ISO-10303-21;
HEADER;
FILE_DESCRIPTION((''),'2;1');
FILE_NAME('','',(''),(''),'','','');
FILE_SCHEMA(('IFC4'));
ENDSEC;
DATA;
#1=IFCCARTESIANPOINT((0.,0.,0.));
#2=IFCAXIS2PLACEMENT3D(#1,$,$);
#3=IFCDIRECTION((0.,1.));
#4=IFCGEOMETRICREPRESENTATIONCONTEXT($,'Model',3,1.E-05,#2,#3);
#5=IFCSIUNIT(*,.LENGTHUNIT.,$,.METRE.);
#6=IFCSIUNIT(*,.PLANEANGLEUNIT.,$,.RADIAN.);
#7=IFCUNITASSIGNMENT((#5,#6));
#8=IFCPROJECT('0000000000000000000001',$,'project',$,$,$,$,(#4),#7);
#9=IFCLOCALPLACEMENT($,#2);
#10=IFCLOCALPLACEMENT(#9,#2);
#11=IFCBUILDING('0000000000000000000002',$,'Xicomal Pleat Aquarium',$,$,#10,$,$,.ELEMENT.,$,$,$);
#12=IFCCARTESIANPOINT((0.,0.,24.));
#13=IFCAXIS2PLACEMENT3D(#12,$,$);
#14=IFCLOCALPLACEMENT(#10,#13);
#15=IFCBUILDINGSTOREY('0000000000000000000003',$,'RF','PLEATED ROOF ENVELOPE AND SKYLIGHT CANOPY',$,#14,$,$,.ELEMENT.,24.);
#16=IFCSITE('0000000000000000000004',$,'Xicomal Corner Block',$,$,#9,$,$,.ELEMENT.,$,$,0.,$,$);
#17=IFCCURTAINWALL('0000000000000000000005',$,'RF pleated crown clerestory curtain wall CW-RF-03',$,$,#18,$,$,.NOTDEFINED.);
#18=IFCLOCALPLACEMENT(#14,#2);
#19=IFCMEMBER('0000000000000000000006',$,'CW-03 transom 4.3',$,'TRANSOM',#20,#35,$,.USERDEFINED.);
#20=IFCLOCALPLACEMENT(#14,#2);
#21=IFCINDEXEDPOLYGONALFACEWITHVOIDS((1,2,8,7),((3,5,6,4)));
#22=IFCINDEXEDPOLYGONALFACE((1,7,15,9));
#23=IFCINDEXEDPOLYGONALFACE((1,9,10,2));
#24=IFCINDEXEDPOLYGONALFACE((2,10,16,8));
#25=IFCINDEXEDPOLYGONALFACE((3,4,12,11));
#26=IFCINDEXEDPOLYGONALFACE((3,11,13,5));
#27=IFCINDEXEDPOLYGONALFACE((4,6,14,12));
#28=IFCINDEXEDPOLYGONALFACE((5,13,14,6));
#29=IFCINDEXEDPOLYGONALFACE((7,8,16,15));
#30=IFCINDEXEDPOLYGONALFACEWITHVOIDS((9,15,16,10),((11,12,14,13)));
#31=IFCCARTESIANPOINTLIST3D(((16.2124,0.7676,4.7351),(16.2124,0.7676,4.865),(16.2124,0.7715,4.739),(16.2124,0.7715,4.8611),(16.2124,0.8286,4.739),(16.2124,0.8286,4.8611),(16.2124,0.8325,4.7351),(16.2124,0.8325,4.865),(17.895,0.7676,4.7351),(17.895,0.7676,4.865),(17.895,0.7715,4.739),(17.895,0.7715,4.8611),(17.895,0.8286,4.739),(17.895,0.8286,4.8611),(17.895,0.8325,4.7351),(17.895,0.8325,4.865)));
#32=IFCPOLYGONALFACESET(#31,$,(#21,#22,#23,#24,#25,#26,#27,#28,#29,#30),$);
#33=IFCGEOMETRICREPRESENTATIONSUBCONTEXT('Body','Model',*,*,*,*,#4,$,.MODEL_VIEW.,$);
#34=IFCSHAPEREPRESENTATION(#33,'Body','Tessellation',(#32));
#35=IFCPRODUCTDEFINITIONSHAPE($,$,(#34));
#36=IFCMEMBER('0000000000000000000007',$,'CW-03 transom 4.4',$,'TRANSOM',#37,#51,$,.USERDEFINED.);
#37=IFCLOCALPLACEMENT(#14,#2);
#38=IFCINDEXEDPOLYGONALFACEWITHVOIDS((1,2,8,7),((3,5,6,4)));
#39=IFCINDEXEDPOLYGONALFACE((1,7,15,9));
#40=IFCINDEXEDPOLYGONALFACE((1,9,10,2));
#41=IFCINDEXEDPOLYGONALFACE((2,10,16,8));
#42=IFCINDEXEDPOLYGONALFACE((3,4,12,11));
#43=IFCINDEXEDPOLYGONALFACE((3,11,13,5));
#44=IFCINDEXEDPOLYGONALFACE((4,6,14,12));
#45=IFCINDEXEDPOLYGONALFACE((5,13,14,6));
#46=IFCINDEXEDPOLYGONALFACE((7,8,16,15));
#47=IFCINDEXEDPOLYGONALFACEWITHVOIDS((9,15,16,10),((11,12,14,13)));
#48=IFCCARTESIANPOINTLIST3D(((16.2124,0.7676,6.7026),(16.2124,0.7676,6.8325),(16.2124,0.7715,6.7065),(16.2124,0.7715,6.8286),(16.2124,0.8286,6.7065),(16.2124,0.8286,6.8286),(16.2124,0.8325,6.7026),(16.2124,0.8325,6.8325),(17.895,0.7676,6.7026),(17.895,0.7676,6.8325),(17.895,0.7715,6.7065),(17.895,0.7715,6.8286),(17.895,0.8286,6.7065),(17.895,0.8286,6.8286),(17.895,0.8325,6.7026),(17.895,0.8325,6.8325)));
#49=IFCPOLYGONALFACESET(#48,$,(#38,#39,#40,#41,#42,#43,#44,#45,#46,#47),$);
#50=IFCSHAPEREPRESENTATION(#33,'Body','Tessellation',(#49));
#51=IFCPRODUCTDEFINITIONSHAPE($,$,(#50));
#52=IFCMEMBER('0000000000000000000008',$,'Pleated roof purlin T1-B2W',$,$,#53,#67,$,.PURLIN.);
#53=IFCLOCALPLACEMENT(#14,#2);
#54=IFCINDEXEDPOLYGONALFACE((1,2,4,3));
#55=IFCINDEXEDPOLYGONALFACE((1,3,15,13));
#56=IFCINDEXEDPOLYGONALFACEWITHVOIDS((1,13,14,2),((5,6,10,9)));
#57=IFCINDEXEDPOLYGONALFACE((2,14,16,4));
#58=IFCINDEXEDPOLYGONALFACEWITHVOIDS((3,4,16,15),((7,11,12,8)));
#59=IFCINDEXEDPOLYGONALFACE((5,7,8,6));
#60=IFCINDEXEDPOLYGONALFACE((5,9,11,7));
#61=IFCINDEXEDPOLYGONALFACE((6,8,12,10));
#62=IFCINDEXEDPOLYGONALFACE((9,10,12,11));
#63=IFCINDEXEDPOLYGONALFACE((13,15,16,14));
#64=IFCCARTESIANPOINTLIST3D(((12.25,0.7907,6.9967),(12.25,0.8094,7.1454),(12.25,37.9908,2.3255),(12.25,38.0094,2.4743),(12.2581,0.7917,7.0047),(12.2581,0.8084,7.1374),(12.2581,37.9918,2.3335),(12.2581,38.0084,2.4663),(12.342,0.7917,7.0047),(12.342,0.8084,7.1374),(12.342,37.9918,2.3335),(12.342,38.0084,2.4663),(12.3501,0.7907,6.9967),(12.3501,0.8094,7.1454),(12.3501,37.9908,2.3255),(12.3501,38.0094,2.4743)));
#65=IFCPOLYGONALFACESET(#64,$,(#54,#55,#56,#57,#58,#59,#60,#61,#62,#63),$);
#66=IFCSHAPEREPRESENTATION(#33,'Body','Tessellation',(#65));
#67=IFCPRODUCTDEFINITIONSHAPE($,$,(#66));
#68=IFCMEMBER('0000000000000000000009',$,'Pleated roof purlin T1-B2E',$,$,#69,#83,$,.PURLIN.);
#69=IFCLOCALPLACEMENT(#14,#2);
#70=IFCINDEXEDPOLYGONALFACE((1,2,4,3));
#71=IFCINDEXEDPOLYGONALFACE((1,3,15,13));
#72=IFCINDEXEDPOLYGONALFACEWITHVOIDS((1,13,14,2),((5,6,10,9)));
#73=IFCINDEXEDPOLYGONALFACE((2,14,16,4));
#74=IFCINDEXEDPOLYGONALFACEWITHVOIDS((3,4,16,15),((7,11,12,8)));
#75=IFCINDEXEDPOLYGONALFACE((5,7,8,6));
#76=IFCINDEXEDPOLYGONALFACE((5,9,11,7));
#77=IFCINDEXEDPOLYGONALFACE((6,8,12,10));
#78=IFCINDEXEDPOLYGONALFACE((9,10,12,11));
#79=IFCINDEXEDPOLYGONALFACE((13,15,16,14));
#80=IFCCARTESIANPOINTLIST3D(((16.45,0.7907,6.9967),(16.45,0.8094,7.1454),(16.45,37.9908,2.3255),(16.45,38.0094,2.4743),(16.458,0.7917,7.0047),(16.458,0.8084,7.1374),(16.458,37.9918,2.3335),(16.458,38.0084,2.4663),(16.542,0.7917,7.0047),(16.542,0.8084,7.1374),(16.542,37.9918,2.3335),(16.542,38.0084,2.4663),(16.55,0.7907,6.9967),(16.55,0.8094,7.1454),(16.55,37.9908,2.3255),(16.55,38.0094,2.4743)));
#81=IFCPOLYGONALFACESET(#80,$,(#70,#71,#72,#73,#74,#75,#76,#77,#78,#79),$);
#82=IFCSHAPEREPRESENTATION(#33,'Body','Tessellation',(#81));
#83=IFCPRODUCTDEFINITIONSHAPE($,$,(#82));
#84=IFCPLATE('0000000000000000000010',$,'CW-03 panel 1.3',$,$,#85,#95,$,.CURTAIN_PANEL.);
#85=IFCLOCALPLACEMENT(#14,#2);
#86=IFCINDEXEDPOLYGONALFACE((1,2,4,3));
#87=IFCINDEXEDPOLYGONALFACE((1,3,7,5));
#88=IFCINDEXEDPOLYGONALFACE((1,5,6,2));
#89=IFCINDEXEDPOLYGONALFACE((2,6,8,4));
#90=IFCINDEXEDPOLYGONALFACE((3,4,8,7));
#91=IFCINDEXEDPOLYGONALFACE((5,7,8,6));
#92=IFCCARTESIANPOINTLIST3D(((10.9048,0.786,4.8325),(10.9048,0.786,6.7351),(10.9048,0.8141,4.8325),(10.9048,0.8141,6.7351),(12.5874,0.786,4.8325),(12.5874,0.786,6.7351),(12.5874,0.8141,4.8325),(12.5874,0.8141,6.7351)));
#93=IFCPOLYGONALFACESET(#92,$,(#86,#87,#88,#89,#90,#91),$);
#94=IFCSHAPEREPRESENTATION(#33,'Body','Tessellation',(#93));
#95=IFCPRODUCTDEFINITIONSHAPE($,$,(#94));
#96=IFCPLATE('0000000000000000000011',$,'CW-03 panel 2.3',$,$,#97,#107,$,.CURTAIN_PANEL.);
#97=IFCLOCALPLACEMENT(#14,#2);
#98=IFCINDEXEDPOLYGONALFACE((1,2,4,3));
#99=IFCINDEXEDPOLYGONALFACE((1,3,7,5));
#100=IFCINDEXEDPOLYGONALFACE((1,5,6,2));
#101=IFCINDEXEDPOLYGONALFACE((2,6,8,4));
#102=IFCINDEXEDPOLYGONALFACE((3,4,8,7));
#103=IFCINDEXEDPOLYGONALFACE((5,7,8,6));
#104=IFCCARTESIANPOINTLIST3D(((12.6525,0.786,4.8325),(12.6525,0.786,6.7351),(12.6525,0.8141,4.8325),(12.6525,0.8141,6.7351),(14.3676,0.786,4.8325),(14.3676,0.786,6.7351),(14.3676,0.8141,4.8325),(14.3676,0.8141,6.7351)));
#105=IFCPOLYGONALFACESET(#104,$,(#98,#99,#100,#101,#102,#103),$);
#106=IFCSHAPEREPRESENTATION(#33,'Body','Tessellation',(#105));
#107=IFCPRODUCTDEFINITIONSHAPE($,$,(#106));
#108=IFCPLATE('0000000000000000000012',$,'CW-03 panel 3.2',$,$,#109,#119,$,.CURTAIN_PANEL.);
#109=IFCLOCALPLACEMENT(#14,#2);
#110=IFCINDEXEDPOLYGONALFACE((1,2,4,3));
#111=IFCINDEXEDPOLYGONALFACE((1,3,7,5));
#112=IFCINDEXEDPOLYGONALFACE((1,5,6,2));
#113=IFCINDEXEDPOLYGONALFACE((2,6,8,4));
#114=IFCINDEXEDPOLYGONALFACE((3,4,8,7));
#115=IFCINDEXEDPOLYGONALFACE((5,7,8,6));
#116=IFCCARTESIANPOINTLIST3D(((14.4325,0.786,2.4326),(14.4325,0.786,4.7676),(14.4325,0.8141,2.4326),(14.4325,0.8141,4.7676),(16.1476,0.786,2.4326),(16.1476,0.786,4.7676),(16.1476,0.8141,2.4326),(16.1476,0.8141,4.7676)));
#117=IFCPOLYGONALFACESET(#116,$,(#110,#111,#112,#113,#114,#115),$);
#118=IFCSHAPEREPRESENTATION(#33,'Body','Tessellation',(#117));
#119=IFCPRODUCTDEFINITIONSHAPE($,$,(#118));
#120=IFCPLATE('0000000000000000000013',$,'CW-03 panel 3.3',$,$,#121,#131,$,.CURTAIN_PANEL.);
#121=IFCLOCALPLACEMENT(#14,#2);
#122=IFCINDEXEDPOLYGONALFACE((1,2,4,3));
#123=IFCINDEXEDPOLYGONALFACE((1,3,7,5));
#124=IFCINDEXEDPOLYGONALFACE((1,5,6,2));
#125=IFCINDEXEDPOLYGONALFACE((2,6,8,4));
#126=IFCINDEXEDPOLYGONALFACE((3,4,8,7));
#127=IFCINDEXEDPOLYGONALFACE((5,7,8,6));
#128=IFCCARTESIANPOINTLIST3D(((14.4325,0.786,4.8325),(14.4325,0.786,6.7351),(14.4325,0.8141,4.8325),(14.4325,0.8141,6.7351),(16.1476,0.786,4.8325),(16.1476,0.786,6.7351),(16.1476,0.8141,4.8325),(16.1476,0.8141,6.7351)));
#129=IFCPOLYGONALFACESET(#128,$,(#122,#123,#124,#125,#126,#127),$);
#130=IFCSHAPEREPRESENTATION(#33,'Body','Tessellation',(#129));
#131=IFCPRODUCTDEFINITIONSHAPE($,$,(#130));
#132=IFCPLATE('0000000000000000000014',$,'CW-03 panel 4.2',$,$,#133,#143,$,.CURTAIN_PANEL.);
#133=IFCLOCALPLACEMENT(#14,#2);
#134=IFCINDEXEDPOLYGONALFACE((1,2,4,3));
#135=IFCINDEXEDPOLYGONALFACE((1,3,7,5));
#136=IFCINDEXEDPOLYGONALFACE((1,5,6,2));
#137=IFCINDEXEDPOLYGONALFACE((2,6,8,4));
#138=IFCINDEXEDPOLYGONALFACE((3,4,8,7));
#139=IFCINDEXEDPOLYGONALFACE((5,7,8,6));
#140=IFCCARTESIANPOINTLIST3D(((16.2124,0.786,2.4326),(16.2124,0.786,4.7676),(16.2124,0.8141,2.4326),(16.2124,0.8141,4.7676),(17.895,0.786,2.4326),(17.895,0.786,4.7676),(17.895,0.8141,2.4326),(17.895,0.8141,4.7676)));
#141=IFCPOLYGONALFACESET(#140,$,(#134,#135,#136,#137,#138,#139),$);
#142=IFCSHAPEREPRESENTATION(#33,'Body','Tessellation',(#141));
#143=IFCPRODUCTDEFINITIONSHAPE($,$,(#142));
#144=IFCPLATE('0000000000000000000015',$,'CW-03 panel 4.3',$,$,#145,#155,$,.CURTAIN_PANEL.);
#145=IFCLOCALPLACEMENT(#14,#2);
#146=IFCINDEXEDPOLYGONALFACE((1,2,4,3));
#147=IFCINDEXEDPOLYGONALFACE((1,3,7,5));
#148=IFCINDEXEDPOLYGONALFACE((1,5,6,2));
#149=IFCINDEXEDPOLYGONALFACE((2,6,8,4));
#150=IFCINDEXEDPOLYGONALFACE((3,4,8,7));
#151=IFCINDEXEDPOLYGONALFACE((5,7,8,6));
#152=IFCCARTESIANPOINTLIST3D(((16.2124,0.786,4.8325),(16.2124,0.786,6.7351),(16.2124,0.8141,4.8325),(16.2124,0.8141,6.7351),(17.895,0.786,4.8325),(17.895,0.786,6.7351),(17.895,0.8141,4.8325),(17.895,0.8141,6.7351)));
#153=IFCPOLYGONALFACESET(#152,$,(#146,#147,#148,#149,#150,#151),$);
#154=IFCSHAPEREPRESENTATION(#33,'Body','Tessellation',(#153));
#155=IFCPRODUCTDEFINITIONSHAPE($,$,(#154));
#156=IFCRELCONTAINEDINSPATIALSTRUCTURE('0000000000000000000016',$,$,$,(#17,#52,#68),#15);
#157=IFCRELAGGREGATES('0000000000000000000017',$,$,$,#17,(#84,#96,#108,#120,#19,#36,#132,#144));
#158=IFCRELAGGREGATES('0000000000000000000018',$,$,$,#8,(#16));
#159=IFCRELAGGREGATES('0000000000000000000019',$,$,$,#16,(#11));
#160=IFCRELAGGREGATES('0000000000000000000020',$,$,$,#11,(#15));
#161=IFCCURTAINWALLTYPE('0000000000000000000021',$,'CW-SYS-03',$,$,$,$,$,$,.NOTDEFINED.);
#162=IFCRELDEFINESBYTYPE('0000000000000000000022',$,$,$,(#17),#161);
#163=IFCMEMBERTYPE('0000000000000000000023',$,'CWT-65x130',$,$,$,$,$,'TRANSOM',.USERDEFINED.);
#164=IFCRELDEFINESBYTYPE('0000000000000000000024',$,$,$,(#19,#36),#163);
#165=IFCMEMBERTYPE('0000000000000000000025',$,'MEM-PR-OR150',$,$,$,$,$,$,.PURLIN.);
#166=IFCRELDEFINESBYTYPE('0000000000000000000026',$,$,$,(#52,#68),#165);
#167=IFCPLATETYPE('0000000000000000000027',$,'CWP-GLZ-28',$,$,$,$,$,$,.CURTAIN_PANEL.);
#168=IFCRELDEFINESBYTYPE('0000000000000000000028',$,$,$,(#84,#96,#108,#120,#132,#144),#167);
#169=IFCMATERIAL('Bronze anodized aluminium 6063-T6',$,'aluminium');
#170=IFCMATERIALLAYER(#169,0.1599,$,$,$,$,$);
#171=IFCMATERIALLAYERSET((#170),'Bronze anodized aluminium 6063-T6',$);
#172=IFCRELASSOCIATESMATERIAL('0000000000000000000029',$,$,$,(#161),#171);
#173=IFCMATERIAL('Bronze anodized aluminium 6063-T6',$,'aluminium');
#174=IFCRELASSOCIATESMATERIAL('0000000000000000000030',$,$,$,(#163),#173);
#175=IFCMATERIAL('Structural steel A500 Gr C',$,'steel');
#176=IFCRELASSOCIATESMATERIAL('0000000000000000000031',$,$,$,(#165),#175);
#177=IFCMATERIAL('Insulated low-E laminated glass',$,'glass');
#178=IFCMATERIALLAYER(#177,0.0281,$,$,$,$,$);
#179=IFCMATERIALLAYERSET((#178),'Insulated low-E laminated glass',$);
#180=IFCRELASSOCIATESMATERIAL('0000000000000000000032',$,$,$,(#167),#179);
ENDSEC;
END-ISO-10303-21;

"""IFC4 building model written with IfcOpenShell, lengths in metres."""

from ifc_helpers import new_model, si_unit, direction, frame, origin, origin_2d, place, context, subcontext, project, spatial, rectangle, hollow_rectangle, extrude, material, layer, layer_set, material_profile, profile_set, type_object, element, aggregate, save


model = new_model("IFC4")

# Units and contexts
model_context = context("Model", 3, precision=1e-05, world=origin(), true_north=direction((0.0, 1.0)))
body_context = subcontext(model_context, "Body", "Model", "MODEL_VIEW")
ifc_project = project(units=[si_unit("LENGTHUNIT", "METRE"), si_unit("PLANEANGLEUNIT", "RADIAN")], contexts=[model_context])

# Site, building, storey
site_placement = place(None, origin())
site = spatial("IfcSite", under=ifc_project, at=site_placement, Name="Xicomal Corner Block", CompositionType="ELEMENT", RefElevation=0.0)
building_placement = place(site_placement, origin())
building = spatial("IfcBuilding", under=site, at=building_placement, Name="Xicomal Pleat Aquarium", CompositionType="ELEMENT")
storey_placement = place(building_placement, frame((0.0, 0.0, 24.0)))
storey = spatial("IfcBuildingStorey", under=building, at=storey_placement, Name="RF", Description="PLEATED ROOF ENVELOPE AND SKYLIGHT CANOPY", CompositionType="ELEMENT", Elevation=24.0)

# Curtain wall, members
ifc_material_1 = material(Name="Bronze anodized aluminium 6063-T6", Category="aluminium")
ifc_layer_1 = layer(ifc_material_1, 0.1599)
ifc_layer_set_1 = layer_set([ifc_layer_1], Name="Bronze anodized aluminium 6063-T6")
curtain_wall_type = type_object("IfcCurtainWallType", Name="CW-SYS-03", PredefinedType="NOTDEFINED", material=ifc_layer_set_1)
curtain_wall_placement = place(storey_placement, origin())
curtain_wall = element("IfcCurtainWall", 1, at=curtain_wall_placement, inside=storey, type_object=curtain_wall_type, Name="RF pleated crown clerestory curtain wall CW-RF-03", PredefinedType="NOTDEFINED")
ifc_material_2 = material(Name="Bronze anodized aluminium 6063-T6", Category="aluminium")
ifc_material_profile_1 = material_profile(ifc_material_2, hollow_rectangle(XDim=0.0649, YDim=0.1299, WallThickness=0.0039, at=origin_2d()), Name="ALU TRAN 65x130")
ifc_profile_set_1 = profile_set([ifc_material_profile_1], Name="Bronze anodized aluminium 6063-T6")
member_type_1 = type_object("IfcMemberType", Name="CWT-65x130", ElementType="TRANSOM", PredefinedType="USERDEFINED", material=ifc_profile_set_1)
member_1_placement = place(storey_placement, frame((16.2124, 0.8, 4.8), z_axis=(1.0, 0.0, 0.0), x_axis=(0.0, 1.0, 0.0)))
member_1 = element("IfcMember", 2, at=member_1_placement, type_object=member_type_1, Name="CW-03 transom 4.3", ObjectType="TRANSOM", PredefinedType="USERDEFINED", context=body_context, shape_type="SweptSolid", body=[
    extrude(hollow_rectangle(XDim=0.0649, YDim=0.1299, WallThickness=0.0039, at=origin_2d()), origin(), (0.0, 0.0, 1.0), 1.6826),
])
member_2_placement = place(storey_placement, frame((16.2124, 0.8, 6.7676), z_axis=(1.0, 0.0, 0.0), x_axis=(0.0, 1.0, 0.0)))
member_2 = element("IfcMember", 3, at=member_2_placement, type_object=member_type_1, Name="CW-03 transom 4.4", ObjectType="TRANSOM", PredefinedType="USERDEFINED", context=body_context, shape_type="SweptSolid", body=[
    extrude(hollow_rectangle(XDim=0.0649, YDim=0.1299, WallThickness=0.0039, at=origin_2d()), origin(), (0.0, 0.0, 1.0), 1.6826),
])

# Members
ifc_material_3 = material(Name="Structural steel A500 Gr C", Category="steel")
ifc_material_profile_2 = material_profile(ifc_material_3, hollow_rectangle(XDim=0.1001, YDim=0.1499, WallThickness=0.0081, at=origin_2d()), Name="OR 150x100x8")
ifc_profile_set_2 = profile_set([ifc_material_profile_2], Name="Structural steel A500 Gr C")
member_type_2 = type_object("IfcMemberType", Name="MEM-PR-OR150", PredefinedType="PURLIN", material=ifc_profile_set_2)
for number, where, z_axis, x_axis, name in (
    (4, (12.3, 0.8, 7.071), (0.0, 0.992208, -0.12459), (-1.0, 0.0, 0.0), "Pleated roof purlin T1-B2W"),
    (5, (16.5, 0.8, 7.071), (0.0, 0.992208, -0.12459), (-1.0, 0.0, 0.0), "Pleated roof purlin T1-B2E"),
):
    element("IfcMember", number, at=place(storey_placement, frame(where, z_axis=z_axis, x_axis=x_axis)), inside=storey, type_object=member_type_2, Name=name, PredefinedType="PURLIN", context=body_context, shape_type="SweptSolid", body=[
        extrude(hollow_rectangle(XDim=0.1001, YDim=0.1499, WallThickness=0.0081, at=origin_2d()), origin(), (0.0, 0.0, 1.0), 37.4922),
    ])

# Plates
ifc_material_4 = material(Name="Insulated low-E laminated glass", Category="glass")
ifc_layer_2 = layer(ifc_material_4, 0.0281)
ifc_layer_set_2 = layer_set([ifc_layer_2], Name="Insulated low-E laminated glass")
plate_type = type_object("IfcPlateType", Name="CWP-GLZ-28", PredefinedType="CURTAIN_PANEL", material=ifc_layer_set_2)
plate_1_placement = place(storey_placement, frame((11.7461, 0.8, 4.8325), z_axis=(0.0, 0.0, 1.0), x_axis=(1.0, 0.0, 0.0)))
plate_1 = element("IfcPlate", 6, at=plate_1_placement, type_object=plate_type, Name="CW-03 panel 1.3", PredefinedType="CURTAIN_PANEL", context=body_context, shape_type="SweptSolid", body=[
    extrude(rectangle(XDim=1.6826, YDim=0.0281, at=origin_2d()), origin(), (0.0, 0.0, 1.0), 1.9026),
])
plate_2_placement = place(storey_placement, frame((13.51, 0.8, 4.8325), z_axis=(0.0, 0.0, 1.0), x_axis=(1.0, 0.0, 0.0)))
plate_2 = element("IfcPlate", 7, at=plate_2_placement, type_object=plate_type, Name="CW-03 panel 2.3", PredefinedType="CURTAIN_PANEL", context=body_context, shape_type="SweptSolid", body=[
    extrude(rectangle(XDim=1.7151, YDim=0.0281, at=origin_2d()), origin(), (0.0, 0.0, 1.0), 1.9026),
])
plate_3_placement = place(storey_placement, frame((15.29, 0.8, 2.4326), z_axis=(0.0, 0.0, 1.0), x_axis=(1.0, 0.0, 0.0)))
plate_3 = element("IfcPlate", 8, at=plate_3_placement, type_object=plate_type, Name="CW-03 panel 3.2", PredefinedType="CURTAIN_PANEL", context=body_context, shape_type="SweptSolid", body=[
    extrude(rectangle(XDim=1.7151, YDim=0.0281, at=origin_2d()), origin(), (0.0, 0.0, 1.0), 2.335),
])
plate_4_placement = place(storey_placement, frame((15.29, 0.8, 4.8325), z_axis=(0.0, 0.0, 1.0), x_axis=(1.0, 0.0, 0.0)))
plate_4 = element("IfcPlate", 9, at=plate_4_placement, type_object=plate_type, Name="CW-03 panel 3.3", PredefinedType="CURTAIN_PANEL", context=body_context, shape_type="SweptSolid", body=[
    extrude(rectangle(XDim=1.7151, YDim=0.0281, at=origin_2d()), origin(), (0.0, 0.0, 1.0), 1.9026),
])
plate_5_placement = place(storey_placement, frame((17.0537, 0.8, 2.4326), z_axis=(0.0, 0.0, 1.0), x_axis=(1.0, 0.0, 0.0)))
plate_5 = element("IfcPlate", 10, at=plate_5_placement, type_object=plate_type, Name="CW-03 panel 4.2", PredefinedType="CURTAIN_PANEL", context=body_context, shape_type="SweptSolid", body=[
    extrude(rectangle(XDim=1.6826, YDim=0.0281, at=origin_2d()), origin(), (0.0, 0.0, 1.0), 2.335),
])
plate_6_placement = place(storey_placement, frame((17.0537, 0.8, 4.8325), z_axis=(0.0, 0.0, 1.0), x_axis=(1.0, 0.0, 0.0)))
plate_6 = element("IfcPlate", 11, at=plate_6_placement, type_object=plate_type, Name="CW-03 panel 4.3", PredefinedType="CURTAIN_PANEL", context=body_context, shape_type="SweptSolid", body=[
    extrude(rectangle(XDim=1.6826, YDim=0.0281, at=origin_2d()), origin(), (0.0, 0.0, 1.0), 1.9026),
])
aggregate(curtain_wall, [plate_1, plate_2, plate_3, plate_4, member_1, member_2, plate_5, plate_6])

save(model, "model.ifc")
